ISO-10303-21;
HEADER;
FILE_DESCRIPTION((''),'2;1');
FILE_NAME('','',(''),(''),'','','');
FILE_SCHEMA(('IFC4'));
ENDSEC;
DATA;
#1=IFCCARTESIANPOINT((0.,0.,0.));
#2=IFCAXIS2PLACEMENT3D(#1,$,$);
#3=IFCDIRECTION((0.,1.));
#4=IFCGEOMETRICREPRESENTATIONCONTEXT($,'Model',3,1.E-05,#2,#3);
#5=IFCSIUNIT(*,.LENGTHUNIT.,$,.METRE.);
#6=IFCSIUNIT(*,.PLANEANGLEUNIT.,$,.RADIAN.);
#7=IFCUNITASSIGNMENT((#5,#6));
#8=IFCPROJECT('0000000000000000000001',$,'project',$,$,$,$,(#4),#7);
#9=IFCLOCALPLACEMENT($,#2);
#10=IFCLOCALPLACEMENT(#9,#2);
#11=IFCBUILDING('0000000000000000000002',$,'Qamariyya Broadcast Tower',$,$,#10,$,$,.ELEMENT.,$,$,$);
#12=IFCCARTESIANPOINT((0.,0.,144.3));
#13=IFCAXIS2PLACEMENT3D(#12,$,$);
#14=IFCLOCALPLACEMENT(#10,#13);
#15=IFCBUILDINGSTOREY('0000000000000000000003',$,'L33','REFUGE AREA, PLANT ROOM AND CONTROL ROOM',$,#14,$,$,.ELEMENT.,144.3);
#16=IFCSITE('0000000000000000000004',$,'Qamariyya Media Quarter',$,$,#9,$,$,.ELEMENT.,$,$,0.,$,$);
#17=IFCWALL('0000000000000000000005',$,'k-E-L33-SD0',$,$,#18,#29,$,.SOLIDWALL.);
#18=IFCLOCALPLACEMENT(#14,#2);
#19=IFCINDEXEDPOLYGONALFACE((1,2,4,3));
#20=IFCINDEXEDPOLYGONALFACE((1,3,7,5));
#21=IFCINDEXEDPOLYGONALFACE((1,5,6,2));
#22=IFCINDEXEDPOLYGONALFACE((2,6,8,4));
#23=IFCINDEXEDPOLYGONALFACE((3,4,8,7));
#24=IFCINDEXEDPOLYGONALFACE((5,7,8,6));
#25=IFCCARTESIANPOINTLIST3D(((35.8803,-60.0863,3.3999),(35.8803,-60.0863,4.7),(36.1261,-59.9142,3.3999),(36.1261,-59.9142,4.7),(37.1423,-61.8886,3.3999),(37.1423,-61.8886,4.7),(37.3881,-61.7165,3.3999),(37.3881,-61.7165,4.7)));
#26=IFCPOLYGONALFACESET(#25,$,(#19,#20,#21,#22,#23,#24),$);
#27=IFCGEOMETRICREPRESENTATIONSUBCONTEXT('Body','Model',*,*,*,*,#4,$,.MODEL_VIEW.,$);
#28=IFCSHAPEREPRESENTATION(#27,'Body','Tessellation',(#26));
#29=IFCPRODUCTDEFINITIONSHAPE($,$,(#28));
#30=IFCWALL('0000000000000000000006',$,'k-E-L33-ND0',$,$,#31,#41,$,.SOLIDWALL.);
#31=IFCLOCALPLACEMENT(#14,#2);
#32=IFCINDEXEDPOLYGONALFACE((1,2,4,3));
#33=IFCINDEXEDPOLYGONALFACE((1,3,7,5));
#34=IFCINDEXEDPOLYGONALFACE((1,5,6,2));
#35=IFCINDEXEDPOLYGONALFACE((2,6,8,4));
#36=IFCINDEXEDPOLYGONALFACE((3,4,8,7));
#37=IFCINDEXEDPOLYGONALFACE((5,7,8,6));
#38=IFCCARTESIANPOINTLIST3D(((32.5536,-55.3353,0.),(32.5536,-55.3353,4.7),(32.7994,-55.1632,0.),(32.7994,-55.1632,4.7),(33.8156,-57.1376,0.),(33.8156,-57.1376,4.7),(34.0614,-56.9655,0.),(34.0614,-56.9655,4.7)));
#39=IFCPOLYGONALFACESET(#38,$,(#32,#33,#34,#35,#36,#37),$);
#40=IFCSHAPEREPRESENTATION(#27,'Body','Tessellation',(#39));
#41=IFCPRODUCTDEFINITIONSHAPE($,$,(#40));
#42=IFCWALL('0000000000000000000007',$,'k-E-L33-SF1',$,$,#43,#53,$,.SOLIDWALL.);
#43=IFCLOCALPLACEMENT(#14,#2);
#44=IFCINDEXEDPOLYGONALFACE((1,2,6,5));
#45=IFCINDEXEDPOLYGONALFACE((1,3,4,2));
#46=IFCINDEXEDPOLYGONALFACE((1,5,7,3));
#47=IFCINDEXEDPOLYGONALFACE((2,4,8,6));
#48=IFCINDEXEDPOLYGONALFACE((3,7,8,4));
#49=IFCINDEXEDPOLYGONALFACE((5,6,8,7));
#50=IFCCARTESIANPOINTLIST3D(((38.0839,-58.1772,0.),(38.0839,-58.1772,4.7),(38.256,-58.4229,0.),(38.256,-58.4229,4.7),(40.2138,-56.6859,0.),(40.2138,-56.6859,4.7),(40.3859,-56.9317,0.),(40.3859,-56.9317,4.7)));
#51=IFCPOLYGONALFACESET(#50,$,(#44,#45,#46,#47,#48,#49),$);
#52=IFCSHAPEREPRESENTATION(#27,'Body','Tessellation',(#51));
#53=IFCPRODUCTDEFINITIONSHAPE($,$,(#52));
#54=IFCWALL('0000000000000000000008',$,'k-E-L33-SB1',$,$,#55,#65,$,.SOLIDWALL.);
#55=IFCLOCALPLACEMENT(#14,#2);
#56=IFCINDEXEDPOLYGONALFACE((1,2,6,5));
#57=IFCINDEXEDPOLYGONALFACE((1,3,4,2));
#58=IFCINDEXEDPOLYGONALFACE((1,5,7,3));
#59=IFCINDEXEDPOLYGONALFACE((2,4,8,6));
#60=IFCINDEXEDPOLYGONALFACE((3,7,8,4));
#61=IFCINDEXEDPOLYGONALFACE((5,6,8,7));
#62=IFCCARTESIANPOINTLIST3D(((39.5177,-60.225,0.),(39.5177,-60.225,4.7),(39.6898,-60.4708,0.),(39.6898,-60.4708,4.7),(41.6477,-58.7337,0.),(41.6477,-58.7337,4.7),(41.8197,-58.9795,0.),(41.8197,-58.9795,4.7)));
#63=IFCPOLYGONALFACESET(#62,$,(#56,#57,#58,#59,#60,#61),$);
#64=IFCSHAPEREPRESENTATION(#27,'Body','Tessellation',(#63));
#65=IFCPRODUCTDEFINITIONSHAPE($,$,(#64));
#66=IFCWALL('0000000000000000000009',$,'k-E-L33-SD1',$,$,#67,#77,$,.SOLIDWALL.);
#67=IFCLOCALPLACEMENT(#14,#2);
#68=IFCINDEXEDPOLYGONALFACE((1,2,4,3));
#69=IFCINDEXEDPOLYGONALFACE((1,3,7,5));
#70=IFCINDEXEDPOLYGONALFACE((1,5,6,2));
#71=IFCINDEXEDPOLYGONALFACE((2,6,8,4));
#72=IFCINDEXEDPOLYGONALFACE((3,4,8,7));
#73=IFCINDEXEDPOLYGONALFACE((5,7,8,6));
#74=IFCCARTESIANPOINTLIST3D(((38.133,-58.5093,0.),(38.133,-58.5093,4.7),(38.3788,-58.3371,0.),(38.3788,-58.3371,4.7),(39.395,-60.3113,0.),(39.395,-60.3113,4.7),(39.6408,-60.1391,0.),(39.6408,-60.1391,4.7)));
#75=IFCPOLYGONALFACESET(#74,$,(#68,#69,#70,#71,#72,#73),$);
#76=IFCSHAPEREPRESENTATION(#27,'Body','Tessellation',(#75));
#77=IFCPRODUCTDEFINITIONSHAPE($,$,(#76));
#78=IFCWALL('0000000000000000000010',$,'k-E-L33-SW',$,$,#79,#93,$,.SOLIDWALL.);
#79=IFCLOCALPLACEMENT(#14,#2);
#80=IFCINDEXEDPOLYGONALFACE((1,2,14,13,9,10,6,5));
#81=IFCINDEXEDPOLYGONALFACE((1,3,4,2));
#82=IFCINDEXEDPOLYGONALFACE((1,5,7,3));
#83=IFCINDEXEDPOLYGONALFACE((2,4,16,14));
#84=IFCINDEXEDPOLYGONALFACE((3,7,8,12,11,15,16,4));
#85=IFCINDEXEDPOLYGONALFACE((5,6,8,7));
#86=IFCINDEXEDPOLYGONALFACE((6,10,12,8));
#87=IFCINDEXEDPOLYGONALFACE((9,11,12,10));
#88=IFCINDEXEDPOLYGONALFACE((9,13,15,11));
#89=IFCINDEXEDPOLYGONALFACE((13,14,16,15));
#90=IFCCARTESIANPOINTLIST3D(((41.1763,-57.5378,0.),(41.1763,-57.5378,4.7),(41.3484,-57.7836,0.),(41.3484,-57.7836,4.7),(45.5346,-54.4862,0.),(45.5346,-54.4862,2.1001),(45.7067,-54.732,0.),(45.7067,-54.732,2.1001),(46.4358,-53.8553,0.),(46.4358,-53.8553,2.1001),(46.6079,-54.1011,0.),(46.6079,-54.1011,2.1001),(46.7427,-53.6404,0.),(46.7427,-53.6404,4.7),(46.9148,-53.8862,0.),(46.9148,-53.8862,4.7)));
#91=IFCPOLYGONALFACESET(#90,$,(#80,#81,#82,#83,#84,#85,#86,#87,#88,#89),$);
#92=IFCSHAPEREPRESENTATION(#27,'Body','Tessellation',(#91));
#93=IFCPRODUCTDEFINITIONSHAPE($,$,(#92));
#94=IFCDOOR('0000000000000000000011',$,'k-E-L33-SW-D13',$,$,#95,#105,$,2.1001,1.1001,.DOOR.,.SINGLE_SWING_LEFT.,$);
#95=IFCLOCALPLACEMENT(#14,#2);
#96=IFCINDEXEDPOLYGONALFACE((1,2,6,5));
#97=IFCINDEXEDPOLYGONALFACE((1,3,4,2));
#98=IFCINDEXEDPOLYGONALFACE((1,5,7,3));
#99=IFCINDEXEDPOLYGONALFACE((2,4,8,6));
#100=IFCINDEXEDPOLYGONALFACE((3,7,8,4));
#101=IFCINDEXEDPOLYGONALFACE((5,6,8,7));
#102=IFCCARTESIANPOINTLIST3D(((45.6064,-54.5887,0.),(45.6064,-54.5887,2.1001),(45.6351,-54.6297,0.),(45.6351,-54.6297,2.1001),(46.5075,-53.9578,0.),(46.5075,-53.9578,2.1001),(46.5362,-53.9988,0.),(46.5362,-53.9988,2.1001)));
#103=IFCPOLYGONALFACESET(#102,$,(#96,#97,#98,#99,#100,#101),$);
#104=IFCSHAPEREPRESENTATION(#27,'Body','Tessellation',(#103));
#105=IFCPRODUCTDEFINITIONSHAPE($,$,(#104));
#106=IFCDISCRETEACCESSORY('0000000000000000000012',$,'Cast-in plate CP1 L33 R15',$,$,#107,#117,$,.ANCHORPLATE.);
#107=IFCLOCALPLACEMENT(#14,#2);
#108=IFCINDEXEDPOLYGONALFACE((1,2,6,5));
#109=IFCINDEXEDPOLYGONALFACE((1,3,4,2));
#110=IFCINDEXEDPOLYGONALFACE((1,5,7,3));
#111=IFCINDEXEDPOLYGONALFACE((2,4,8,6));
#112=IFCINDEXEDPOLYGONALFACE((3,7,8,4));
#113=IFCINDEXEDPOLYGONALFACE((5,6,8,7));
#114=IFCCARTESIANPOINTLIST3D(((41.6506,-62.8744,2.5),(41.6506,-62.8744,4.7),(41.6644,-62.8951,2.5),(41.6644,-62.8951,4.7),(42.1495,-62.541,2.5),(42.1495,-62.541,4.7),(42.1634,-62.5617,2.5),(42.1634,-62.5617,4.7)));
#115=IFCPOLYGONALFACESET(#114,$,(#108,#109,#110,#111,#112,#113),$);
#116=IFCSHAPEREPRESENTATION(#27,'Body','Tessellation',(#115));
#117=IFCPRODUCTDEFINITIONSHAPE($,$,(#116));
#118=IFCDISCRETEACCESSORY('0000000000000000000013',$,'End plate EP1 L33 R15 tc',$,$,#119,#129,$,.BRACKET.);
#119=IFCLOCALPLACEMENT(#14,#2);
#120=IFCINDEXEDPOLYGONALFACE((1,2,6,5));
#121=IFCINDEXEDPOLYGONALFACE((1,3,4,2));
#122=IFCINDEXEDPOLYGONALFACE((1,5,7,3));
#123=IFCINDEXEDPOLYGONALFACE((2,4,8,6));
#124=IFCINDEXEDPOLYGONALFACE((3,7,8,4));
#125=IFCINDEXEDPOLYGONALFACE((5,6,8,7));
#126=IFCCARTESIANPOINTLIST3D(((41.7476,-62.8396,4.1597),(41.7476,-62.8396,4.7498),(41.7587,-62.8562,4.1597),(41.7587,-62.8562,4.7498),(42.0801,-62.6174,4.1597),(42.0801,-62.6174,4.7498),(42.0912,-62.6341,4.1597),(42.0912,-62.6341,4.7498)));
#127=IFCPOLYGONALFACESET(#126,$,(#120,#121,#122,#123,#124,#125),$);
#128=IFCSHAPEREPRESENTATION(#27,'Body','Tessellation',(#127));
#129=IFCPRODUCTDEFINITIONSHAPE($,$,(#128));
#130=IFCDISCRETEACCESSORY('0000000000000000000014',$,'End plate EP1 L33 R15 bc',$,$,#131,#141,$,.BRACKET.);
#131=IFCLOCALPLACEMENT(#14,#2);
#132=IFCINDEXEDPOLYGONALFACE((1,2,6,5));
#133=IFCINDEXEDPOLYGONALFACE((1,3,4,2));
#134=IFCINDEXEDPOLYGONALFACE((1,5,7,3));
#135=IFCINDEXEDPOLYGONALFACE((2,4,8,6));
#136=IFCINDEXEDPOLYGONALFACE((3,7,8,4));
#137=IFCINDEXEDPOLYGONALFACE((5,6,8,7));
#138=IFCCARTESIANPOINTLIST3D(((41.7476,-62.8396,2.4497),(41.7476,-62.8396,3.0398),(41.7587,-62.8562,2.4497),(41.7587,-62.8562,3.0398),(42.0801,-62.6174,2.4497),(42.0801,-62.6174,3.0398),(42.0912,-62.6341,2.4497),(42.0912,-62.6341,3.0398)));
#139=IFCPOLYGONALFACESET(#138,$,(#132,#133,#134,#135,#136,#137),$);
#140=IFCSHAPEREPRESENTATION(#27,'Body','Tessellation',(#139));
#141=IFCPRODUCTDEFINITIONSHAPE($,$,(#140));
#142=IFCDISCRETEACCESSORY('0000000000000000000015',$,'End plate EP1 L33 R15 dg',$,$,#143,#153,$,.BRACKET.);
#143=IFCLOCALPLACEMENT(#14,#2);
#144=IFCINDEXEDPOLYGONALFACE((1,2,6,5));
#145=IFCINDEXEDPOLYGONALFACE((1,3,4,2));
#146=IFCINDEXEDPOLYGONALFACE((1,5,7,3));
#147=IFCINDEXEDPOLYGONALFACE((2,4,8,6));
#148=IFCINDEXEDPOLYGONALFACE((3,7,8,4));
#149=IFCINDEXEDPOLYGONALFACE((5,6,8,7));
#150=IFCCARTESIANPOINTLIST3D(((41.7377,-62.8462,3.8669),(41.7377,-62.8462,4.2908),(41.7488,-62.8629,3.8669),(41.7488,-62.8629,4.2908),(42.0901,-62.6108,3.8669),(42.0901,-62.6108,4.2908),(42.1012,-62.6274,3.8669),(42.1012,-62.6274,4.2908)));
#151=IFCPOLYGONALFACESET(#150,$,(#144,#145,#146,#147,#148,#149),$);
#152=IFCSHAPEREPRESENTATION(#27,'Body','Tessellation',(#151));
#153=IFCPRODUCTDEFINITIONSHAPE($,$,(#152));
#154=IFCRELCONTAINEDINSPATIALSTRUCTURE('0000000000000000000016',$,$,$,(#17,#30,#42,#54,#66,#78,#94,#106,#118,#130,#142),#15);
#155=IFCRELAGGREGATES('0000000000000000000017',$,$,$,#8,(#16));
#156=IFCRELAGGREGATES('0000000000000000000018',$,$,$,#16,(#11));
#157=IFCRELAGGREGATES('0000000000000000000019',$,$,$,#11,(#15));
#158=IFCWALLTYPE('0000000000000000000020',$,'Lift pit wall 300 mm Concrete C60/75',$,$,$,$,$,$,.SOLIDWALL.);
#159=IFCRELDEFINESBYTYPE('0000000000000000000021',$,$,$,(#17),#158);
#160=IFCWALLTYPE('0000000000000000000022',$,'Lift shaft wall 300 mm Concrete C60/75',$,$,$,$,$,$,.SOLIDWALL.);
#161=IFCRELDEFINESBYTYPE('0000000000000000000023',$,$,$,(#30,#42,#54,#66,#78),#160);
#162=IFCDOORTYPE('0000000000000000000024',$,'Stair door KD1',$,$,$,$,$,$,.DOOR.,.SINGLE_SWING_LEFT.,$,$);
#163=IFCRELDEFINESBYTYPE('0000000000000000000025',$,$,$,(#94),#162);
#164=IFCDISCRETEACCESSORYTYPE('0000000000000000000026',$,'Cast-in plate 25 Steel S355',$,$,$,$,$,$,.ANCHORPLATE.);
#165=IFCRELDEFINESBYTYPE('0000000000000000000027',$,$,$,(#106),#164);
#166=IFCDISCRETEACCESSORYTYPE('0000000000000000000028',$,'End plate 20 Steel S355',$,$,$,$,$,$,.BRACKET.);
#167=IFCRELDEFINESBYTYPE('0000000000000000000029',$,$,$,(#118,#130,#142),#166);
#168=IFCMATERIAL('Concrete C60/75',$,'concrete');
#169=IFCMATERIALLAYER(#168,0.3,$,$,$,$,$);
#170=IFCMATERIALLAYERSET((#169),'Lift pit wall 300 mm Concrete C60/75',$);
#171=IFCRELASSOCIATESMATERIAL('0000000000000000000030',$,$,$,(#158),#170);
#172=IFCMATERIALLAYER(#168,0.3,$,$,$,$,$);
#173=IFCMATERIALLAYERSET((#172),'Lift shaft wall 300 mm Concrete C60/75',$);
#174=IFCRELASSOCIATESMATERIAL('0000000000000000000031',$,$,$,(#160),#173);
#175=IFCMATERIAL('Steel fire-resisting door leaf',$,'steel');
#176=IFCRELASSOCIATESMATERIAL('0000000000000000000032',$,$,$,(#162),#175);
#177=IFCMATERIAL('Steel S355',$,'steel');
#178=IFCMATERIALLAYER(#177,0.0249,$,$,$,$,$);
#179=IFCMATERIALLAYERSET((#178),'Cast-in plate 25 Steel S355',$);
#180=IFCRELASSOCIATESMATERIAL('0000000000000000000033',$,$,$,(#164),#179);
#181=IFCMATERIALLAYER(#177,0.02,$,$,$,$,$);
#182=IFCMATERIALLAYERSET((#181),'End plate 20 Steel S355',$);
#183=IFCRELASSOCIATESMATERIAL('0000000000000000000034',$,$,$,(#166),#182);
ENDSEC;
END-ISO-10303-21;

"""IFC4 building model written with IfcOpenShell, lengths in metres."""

from ifc_helpers import new_model, si_unit, direction, frame, frame_2d, origin, origin_2d, place, context, subcontext, project, spatial, rectangle, extrude, material, layer, layer_set, type_object, element, fill, save


model = new_model("IFC4")

# Units and contexts
model_context = context("Model", 3, precision=1e-05, world=origin(), true_north=direction((0.0, 1.0)))
body_context = subcontext(model_context, "Body", "Model", "MODEL_VIEW")
ifc_project = project(units=[si_unit("LENGTHUNIT", "METRE"), si_unit("PLANEANGLEUNIT", "RADIAN")], contexts=[model_context])

# Site, building, storey
site_placement = place(None, origin())
site = spatial("IfcSite", under=ifc_project, at=site_placement, Name="Qamariyya Media Quarter", CompositionType="ELEMENT", RefElevation=0.0)
building_placement = place(site_placement, origin())
building = spatial("IfcBuilding", under=site, at=building_placement, Name="Qamariyya Broadcast Tower", CompositionType="ELEMENT")
storey_placement = place(building_placement, frame((0.0, 0.0, 144.3)))
storey = spatial("IfcBuildingStorey", under=building, at=storey_placement, Name="L33", Description="REFUGE AREA, PLANT ROOM AND CONTROL ROOM", CompositionType="ELEMENT", Elevation=144.3)

# Shared definitions
ifc_material_1 = material(Name="Steel S355", Category="steel")

# Walls
ifc_material_2 = material(Name="Concrete C60/75", Category="concrete")
ifc_layer_1 = layer(ifc_material_2, 0.3)
ifc_layer_set_1 = layer_set([ifc_layer_1], Name="Lift pit wall 300 mm Concrete C60/75")
wall_type_1 = type_object("IfcWallType", Name="Lift pit wall 300 mm Concrete C60/75", PredefinedType="SOLIDWALL", material=ifc_layer_set_1)
wall_1_placement = place(storey_placement, frame((36.0032, -60.0002, 3.3999), z_axis=(0.0, 0.0, 1.0), x_axis=(0.573581, -0.819149, 0.0)))
element("IfcWall", 1, at=wall_1_placement, inside=storey, type_object=wall_type_1, Name="k-E-L33-SD0", PredefinedType="SOLIDWALL", context=body_context, shape_type="SweptSolid", body=[
    extrude(rectangle(XDim=2.2002, YDim=0.3, at=frame_2d((1.1001, 0.0))), origin(), (0.0, 0.0, 1.0), 1.3),
])
ifc_layer_2 = layer(ifc_material_2, 0.3)
ifc_layer_set_2 = layer_set([ifc_layer_2], Name="Lift shaft wall 300 mm Concrete C60/75")
wall_type_2 = type_object("IfcWallType", Name="Lift shaft wall 300 mm Concrete C60/75", PredefinedType="SOLIDWALL", material=ifc_layer_set_2)
wall_2_placement = place(storey_placement, frame((33.9385, -57.0515, 0.0), z_axis=(0.0, 0.0, 1.0), x_axis=(-0.573581, 0.819149, 0.0)))
element("IfcWall", 2, at=wall_2_placement, inside=storey, type_object=wall_type_2, Name="k-E-L33-ND0", PredefinedType="SOLIDWALL", context=body_context, shape_type="SweptSolid", body=[
    extrude(rectangle(XDim=2.2002, YDim=0.3, at=frame_2d((1.1001, 0.0))), origin(), (0.0, 0.0, 1.0), 4.7),
])
for number, where, z_axis, x_axis, name in (
    (3, (38.1699, -58.3, 0.0), (0.0, 0.0, 1.0), (0.819179, 0.573538, 0.0), "k-E-L33-SF1"),
    (4, (39.6038, -60.3479, 0.0), (0.0, 0.0, 1.0), (0.819179, 0.573538, 0.0), "k-E-L33-SB1"),
):
    element("IfcWall", number, at=place(storey_placement, frame(where, z_axis=z_axis, x_axis=x_axis)), inside=storey, type_object=wall_type_2, Name=name, PredefinedType="SOLIDWALL", context=body_context, shape_type="SweptSolid", body=[
        extrude(rectangle(XDim=2.6001, YDim=0.3, at=frame_2d((1.3, 0.0))), origin(), (0.0, 0.0, 1.0), 4.7),
    ])
wall_3_placement = place(storey_placement, frame((38.2559, -58.4231, 0.0), z_axis=(0.0, 0.0, 1.0), x_axis=(0.573634, -0.819112, 0.0)))
element("IfcWall", 5, at=wall_3_placement, inside=storey, type_object=wall_type_2, Name="k-E-L33-SD1", PredefinedType="SOLIDWALL", context=body_context, shape_type="SweptSolid", body=[
    extrude(rectangle(XDim=2.2, YDim=0.3, at=frame_2d((1.1001, 0.0))), origin(), (0.0, 0.0, 1.0), 4.7),
])

# Wall, opening, door
wall_4_placement = place(storey_placement, frame((41.2625, -57.6606, 0.0), z_axis=(0.0, 0.0, 1.0), x_axis=(0.819164, 0.573559, 0.0)))
wall_4 = element("IfcWall", 6, at=wall_4_placement, inside=storey, type_object=wall_type_2, Name="k-E-L33-SW", PredefinedType="SOLIDWALL", context=body_context, shape_type="SweptSolid", body=[
    extrude(rectangle(XDim=6.7952, YDim=0.3, at=frame_2d((3.3975, 0.0))), origin(), (0.0, 0.0, 1.0), 4.7),
])
opening_placement = place(wall_4_placement, frame((5.3203, 0.0, 0.0)))
opening = element("IfcOpeningElement", 7, at=opening_placement, cuts=wall_4, PredefinedType="OPENING", context=body_context, shape_type="SweptSolid", body=[
    extrude(rectangle(XDim=1.1001, YDim=2.1001, at=frame_2d((0.55, 1.05))), frame((0.0, 0.1599, 0.0), z_axis=(0.0, -1.0, 0.0), x_axis=(1.0, 0.0, 0.0)), (0.0, 0.0, 1.0), 0.3201),
])
ifc_material_3 = material(Name="Steel fire-resisting door leaf", Category="steel")
door_type = type_object("IfcDoorType", Name="Stair door KD1", OperationType="SINGLE_SWING_LEFT", PredefinedType="DOOR", material=ifc_material_3)
door_placement = place(opening_placement, origin())
door = element("IfcDoor", 8, at=door_placement, inside=storey, type_object=door_type, Name="k-E-L33-SW-D13", OperationType="SINGLE_SWING_LEFT", OverallHeight=2.1001, OverallWidth=1.1001, PredefinedType="DOOR", context=body_context, shape_type="SweptSolid", body=[
    extrude(rectangle(XDim=1.1001, YDim=2.1001, at=frame_2d((0.55, 1.05))), frame((0.0, 0.0249, 0.0), z_axis=(0.0, -1.0, 0.0), x_axis=(1.0, 0.0, 0.0)), (0.0, 0.0, 1.0), 0.05),
])
fill(opening, door)

# Discrete accessories
ifc_layer_3 = layer(ifc_material_1, 0.0249)
ifc_layer_set_3 = layer_set([ifc_layer_3], Name="Cast-in plate 25 Steel S355")
discrete_accessory_type_1 = type_object("IfcDiscreteAccessoryType", Name="Cast-in plate 25 Steel S355", PredefinedType="ANCHORPLATE", material=ifc_layer_set_3)
discrete_accessory_1_placement = place(storey_placement, frame((41.907, -62.718, 2.5), z_axis=(0.0, 0.0, 1.0), x_axis=(-0.83147, -0.55557, 0.0)))
element("IfcDiscreteAccessory", 9, at=discrete_accessory_1_placement, inside=storey, type_object=discrete_accessory_type_1, Name="Cast-in plate CP1 L33 R15", PredefinedType="ANCHORPLATE", context=body_context, shape_type="SweptSolid", body=[
    extrude(rectangle(XDim=0.6001, YDim=0.0249, at=origin_2d()), origin(), (0.0, 0.0, 1.0), 2.2),
])
ifc_layer_4 = layer(ifc_material_1, 0.02)
ifc_layer_set_4 = layer_set([ifc_layer_4], Name="End plate 20 Steel S355")
discrete_accessory_type_2 = type_object("IfcDiscreteAccessoryType", Name="End plate 20 Steel S355", PredefinedType="BRACKET", material=ifc_layer_set_4)
for number, where, z_axis, x_axis, name in (
    (10, (41.9194, -62.7368, 4.1597), (0.0, 0.0, 1.0), (-0.83147, -0.55557, 0.0), "End plate EP1 L33 R15 tc"),
    (11, (41.9194, -62.7368, 2.4497), (0.0, 0.0, 1.0), (-0.83147, -0.55557, 0.0), "End plate EP1 L33 R15 bc"),
):
    element("IfcDiscreteAccessory", number, at=place(storey_placement, frame(where, z_axis=z_axis, x_axis=x_axis)), inside=storey, type_object=discrete_accessory_type_2, Name=name, PredefinedType="BRACKET", context=body_context, shape_type="SweptSolid", body=[
        extrude(rectangle(XDim=0.3999, YDim=0.02, at=origin_2d()), origin(), (0.0, 0.0, 1.0), 0.5901),
    ])
discrete_accessory_2_placement = place(storey_placement, frame((41.9194, -62.7368, 3.8669), z_axis=(0.0, 0.0, 1.0), x_axis=(-0.83147, -0.55557, 0.0)))
element("IfcDiscreteAccessory", 12, at=discrete_accessory_2_placement, inside=storey, type_object=discrete_accessory_type_2, Name="End plate EP1 L33 R15 dg", PredefinedType="BRACKET", context=body_context, shape_type="SweptSolid", body=[
    extrude(rectangle(XDim=0.4238, YDim=0.02, at=origin_2d()), origin(), (0.0, 0.0, 1.0), 0.4238),
])

save(model, "model.ifc")
